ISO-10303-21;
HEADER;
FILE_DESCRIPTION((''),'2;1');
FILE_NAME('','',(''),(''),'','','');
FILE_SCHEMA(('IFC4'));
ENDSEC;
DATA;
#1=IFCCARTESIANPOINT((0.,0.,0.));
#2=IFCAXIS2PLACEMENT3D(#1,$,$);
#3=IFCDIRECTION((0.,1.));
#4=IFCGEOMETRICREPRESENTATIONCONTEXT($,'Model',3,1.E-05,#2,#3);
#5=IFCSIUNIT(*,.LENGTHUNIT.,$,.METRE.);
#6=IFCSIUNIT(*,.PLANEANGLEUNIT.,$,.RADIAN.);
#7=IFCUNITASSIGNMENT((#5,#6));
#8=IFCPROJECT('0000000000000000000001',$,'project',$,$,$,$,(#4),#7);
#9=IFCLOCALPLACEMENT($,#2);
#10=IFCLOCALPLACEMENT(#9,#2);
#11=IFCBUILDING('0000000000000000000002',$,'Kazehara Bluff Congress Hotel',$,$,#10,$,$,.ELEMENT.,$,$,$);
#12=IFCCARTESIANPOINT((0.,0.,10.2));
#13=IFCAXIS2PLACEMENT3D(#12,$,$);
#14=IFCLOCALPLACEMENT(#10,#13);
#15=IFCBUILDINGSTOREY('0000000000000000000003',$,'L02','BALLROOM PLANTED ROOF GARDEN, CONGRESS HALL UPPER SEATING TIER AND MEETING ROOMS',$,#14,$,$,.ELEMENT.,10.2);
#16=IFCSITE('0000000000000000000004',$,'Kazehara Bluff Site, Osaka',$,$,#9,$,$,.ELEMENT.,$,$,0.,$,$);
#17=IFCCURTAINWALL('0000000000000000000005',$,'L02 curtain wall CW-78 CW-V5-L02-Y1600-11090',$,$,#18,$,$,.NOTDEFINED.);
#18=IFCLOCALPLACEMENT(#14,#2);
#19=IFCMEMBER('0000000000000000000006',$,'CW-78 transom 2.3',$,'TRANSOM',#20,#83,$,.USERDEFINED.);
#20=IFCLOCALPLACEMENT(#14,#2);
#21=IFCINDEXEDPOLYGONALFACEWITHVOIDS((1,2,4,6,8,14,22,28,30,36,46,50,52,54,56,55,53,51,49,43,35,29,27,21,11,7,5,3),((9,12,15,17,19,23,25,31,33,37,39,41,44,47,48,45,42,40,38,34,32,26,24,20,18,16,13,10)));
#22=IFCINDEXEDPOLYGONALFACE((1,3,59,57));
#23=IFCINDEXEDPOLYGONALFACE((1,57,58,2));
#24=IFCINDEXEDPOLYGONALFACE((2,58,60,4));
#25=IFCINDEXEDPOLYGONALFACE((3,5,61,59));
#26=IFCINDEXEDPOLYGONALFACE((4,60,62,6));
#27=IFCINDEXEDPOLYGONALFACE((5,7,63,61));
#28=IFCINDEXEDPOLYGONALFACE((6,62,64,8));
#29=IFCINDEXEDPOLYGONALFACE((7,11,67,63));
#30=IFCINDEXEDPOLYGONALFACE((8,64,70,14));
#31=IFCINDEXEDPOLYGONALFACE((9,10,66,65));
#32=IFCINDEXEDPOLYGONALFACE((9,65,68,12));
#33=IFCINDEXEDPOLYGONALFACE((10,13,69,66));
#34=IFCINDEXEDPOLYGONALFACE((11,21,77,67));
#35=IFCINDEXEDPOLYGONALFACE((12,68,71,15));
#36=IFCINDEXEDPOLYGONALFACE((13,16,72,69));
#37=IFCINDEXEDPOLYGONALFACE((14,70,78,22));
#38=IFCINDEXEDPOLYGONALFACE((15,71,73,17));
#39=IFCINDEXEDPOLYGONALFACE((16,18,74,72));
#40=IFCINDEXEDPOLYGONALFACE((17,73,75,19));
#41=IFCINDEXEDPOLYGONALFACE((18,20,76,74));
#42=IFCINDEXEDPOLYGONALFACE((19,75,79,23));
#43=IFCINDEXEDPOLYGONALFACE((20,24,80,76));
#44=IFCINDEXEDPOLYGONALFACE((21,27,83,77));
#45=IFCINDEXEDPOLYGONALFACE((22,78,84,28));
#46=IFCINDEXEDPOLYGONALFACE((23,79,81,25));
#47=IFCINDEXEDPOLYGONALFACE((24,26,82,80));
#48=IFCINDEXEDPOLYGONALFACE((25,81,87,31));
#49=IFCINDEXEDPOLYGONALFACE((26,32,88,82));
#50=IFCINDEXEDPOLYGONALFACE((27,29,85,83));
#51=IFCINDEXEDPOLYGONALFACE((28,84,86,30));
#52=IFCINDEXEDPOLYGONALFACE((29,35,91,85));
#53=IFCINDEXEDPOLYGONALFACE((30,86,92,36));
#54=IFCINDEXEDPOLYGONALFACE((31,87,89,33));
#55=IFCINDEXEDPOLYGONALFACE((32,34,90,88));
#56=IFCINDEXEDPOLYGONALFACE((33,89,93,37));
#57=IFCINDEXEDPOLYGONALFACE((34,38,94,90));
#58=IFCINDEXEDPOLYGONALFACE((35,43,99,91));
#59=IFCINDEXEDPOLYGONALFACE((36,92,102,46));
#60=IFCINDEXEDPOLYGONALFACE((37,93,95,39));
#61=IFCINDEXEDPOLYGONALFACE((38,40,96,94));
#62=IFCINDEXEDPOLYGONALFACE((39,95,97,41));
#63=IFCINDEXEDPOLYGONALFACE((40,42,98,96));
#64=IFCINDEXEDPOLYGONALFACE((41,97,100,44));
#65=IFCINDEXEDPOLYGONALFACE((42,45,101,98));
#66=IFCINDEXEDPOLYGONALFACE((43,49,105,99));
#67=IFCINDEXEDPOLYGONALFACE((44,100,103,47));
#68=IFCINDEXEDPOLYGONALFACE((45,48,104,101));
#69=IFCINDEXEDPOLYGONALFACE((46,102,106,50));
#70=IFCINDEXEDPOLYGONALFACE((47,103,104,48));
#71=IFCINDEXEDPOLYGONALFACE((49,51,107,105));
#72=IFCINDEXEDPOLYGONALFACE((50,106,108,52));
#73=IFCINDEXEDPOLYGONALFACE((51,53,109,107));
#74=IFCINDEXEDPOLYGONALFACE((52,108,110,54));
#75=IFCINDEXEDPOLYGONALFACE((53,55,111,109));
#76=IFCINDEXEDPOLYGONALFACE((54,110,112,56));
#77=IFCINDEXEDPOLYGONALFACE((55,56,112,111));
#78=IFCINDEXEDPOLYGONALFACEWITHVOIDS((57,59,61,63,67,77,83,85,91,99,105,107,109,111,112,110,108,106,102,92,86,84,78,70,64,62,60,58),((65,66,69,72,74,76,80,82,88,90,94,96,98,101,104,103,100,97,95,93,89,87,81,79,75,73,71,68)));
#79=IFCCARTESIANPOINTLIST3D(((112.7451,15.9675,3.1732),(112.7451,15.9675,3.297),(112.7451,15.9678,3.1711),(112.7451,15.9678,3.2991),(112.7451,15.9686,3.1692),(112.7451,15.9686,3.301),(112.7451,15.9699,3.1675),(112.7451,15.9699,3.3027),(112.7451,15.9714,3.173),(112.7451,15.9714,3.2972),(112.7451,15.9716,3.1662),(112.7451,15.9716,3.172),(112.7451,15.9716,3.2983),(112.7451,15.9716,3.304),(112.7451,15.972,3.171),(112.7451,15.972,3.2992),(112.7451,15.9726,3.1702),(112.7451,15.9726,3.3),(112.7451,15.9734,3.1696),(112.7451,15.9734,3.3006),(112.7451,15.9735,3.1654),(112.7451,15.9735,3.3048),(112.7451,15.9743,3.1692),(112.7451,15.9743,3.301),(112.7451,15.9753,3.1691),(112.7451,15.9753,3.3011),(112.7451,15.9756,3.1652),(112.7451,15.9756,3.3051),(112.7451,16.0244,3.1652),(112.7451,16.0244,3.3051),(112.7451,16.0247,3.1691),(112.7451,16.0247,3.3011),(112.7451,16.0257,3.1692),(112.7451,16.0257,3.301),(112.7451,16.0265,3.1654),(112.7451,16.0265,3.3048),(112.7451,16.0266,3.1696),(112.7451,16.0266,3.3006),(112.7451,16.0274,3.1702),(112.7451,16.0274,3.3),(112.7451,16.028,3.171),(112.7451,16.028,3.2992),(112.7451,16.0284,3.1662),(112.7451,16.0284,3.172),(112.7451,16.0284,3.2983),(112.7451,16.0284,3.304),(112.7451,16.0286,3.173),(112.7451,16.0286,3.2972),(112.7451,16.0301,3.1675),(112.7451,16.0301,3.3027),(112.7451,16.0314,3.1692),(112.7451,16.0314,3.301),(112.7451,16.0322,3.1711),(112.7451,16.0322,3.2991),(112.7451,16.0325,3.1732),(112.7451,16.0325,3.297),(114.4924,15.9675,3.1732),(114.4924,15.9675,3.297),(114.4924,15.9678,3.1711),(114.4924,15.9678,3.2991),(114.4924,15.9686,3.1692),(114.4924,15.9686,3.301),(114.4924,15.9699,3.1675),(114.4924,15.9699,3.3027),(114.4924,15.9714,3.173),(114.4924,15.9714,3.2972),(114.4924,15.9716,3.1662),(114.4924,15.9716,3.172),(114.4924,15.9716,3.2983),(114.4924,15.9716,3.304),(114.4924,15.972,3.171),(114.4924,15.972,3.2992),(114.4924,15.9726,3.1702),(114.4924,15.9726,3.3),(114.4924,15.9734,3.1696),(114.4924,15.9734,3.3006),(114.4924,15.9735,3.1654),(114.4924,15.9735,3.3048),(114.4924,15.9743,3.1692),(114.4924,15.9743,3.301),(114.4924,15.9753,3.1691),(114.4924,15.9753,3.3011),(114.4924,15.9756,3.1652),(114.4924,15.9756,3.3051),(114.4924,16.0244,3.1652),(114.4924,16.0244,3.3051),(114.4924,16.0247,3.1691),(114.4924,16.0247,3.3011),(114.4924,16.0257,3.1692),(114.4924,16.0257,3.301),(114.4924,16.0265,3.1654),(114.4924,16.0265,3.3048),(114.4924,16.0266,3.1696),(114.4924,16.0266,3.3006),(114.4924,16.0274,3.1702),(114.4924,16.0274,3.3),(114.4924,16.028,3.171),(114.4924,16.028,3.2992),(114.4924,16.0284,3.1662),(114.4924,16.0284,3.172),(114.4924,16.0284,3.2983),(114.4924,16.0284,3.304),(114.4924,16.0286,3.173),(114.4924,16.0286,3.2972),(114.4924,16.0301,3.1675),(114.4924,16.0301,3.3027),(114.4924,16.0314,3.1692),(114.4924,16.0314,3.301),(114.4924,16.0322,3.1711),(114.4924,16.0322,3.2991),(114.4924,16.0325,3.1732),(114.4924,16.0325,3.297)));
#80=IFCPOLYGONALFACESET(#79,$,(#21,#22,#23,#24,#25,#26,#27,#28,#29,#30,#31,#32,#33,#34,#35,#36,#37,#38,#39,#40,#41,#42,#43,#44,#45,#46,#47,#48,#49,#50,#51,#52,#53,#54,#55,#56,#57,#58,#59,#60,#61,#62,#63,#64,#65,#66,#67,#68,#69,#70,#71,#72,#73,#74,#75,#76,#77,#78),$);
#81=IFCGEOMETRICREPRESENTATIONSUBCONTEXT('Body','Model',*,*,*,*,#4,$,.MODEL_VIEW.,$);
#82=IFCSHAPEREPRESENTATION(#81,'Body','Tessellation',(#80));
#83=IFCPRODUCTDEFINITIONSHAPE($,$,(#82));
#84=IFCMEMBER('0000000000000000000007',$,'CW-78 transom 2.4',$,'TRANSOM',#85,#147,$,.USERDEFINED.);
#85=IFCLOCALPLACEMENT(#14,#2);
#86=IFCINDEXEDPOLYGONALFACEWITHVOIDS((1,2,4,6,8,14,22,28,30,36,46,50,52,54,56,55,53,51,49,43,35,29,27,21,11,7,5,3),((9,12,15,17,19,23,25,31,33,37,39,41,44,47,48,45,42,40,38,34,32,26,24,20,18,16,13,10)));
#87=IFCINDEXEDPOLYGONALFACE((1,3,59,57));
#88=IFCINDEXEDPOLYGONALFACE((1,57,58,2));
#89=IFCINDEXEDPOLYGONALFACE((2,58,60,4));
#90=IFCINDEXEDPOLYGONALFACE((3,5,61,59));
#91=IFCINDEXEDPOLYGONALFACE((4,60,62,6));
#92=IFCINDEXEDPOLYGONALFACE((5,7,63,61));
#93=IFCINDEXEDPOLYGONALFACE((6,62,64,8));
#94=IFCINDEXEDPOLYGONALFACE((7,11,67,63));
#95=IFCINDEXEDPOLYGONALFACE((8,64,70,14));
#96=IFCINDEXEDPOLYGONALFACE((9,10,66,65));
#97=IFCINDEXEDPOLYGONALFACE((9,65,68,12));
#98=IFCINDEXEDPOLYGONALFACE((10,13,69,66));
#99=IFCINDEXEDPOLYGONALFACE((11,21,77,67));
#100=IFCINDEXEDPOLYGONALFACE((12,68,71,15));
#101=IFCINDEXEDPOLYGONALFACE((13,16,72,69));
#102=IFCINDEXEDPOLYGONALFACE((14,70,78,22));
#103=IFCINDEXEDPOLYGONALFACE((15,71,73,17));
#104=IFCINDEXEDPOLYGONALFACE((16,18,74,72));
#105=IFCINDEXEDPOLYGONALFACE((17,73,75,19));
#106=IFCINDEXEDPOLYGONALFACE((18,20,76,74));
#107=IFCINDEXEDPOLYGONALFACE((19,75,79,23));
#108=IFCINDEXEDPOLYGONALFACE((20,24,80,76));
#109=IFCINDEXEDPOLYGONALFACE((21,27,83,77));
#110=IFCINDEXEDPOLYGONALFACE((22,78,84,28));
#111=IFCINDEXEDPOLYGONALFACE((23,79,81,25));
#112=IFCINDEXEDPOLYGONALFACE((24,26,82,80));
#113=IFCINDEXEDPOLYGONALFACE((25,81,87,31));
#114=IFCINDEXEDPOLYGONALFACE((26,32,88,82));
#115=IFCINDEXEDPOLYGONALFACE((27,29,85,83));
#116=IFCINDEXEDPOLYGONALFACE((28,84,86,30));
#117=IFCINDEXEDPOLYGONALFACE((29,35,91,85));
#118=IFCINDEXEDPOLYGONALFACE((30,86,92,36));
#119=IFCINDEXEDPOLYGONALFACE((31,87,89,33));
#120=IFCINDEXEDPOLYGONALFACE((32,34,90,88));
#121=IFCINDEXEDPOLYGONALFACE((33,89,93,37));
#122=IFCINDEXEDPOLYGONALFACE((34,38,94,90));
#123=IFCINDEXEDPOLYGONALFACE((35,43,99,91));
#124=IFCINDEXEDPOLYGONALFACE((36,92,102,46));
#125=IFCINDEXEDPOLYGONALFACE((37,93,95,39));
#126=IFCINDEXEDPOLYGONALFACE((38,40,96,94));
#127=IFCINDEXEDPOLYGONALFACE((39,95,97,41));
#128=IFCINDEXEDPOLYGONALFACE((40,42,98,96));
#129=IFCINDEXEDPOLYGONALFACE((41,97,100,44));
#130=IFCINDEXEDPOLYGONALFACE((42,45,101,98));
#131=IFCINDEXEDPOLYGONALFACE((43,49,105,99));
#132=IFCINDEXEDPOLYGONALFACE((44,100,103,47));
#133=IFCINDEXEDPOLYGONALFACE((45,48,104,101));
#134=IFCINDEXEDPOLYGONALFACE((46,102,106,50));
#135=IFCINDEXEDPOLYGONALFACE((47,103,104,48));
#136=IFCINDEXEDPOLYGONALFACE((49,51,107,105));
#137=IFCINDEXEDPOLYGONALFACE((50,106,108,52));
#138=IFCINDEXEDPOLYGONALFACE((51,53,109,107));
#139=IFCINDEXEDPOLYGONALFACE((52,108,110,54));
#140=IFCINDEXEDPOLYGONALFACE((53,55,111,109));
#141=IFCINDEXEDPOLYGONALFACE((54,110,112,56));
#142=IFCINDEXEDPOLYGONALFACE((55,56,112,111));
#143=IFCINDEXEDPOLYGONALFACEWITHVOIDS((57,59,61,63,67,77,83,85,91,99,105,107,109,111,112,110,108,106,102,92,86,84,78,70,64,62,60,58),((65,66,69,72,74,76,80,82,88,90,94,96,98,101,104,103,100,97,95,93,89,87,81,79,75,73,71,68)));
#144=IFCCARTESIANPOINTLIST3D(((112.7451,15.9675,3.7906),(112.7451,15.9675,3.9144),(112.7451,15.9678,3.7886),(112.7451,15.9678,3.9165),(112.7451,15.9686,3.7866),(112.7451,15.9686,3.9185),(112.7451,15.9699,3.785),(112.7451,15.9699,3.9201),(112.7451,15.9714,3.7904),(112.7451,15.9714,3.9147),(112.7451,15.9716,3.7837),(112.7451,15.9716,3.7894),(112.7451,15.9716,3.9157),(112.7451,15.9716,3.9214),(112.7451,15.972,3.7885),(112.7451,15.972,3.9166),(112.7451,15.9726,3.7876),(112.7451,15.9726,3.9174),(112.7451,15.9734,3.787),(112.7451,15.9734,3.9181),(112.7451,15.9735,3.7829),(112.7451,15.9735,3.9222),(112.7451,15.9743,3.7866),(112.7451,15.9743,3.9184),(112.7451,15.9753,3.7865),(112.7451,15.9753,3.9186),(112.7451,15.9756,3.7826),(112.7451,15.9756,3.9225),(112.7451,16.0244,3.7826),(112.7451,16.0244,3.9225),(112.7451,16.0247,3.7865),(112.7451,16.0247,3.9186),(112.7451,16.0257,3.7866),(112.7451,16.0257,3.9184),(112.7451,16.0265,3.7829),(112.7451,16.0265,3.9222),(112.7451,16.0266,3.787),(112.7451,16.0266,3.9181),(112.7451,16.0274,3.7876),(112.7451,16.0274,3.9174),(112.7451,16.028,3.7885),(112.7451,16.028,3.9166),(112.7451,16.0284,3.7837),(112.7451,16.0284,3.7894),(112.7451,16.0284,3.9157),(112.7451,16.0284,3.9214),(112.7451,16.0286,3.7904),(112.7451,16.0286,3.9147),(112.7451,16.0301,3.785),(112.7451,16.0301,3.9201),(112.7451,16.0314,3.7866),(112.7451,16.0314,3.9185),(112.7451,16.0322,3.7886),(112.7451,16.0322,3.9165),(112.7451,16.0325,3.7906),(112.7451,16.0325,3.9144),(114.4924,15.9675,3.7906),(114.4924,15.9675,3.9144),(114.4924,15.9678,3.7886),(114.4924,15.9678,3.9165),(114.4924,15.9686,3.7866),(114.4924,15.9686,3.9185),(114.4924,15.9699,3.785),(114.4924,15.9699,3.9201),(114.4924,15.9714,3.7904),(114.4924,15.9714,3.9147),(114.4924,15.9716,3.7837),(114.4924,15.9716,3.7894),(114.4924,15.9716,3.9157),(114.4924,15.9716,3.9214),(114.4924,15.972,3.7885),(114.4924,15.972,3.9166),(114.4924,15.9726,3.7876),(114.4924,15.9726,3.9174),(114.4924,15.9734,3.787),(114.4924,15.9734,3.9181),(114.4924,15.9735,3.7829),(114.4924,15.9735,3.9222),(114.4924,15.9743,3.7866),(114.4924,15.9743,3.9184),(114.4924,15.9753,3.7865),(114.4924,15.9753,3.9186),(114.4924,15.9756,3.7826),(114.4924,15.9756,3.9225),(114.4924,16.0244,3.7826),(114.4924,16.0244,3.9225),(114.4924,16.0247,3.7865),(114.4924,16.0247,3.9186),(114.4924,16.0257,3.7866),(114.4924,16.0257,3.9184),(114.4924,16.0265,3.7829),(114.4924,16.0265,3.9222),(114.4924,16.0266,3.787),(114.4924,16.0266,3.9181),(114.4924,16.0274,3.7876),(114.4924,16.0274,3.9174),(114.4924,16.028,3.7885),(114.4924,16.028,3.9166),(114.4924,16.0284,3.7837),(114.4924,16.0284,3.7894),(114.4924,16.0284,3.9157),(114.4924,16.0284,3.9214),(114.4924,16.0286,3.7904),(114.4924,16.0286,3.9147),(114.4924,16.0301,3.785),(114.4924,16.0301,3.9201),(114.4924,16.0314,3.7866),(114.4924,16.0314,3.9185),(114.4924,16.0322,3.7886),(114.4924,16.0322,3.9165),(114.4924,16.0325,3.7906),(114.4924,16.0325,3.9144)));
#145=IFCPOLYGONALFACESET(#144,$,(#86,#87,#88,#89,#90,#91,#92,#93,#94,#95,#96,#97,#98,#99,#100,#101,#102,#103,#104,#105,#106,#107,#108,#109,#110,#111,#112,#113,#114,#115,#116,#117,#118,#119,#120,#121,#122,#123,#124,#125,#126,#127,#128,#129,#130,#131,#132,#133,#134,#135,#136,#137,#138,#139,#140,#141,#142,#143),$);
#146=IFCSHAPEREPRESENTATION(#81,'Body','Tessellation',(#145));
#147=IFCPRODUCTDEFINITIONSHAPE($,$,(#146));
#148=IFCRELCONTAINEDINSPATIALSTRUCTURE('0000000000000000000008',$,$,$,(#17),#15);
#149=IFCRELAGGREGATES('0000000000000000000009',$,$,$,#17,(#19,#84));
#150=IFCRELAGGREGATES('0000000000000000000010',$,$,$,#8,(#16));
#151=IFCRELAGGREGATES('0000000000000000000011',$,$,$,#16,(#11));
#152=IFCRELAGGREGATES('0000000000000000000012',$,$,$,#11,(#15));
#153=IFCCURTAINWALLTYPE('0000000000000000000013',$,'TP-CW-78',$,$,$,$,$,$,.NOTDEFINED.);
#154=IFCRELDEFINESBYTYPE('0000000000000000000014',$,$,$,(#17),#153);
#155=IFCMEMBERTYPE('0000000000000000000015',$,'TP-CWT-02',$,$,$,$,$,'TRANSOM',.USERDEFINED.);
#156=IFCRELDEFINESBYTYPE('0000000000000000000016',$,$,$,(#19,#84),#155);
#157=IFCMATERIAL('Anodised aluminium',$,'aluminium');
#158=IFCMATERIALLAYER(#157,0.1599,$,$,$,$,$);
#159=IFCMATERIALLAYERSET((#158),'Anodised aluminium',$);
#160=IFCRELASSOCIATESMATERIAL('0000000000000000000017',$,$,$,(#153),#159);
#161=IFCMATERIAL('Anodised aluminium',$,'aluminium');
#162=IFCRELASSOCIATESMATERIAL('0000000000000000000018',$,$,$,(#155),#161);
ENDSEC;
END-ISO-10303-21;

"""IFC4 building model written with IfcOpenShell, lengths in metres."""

from ifc_helpers import new_model, si_unit, direction, frame, origin, origin_2d, place, context, subcontext, project, spatial, hollow_rectangle, extrude, material, layer, layer_set, material_profile, profile_set, type_object, element, aggregate, save


model = new_model("IFC4")

# Units and contexts
model_context = context("Model", 3, precision=1e-05, world=origin(), true_north=direction((0.0, 1.0)))
body_context = subcontext(model_context, "Body", "Model", "MODEL_VIEW")
ifc_project = project(units=[si_unit("LENGTHUNIT", "METRE"), si_unit("PLANEANGLEUNIT", "RADIAN")], contexts=[model_context])

# Site, building, storey
site_placement = place(None, origin())
site = spatial("IfcSite", under=ifc_project, at=site_placement, Name="Kazehara Bluff Site, Osaka", CompositionType="ELEMENT", RefElevation=0.0)
building_placement = place(site_placement, origin())
building = spatial("IfcBuilding", under=site, at=building_placement, Name="Kazehara Bluff Congress Hotel", CompositionType="ELEMENT")
storey_placement = place(building_placement, frame((0.0, 0.0, 10.2)))
storey = spatial("IfcBuildingStorey", under=building, at=storey_placement, Name="L02", Description="BALLROOM PLANTED ROOF GARDEN, CONGRESS HALL UPPER SEATING TIER AND MEETING ROOMS", CompositionType="ELEMENT", Elevation=10.2)

# Curtain wall, members
ifc_material_1 = material(Name="Anodised aluminium", Category="aluminium")
ifc_layer_1 = layer(ifc_material_1, 0.1599)
ifc_layer_set_1 = layer_set([ifc_layer_1], Name="Anodised aluminium")
curtain_wall_type = type_object("IfcCurtainWallType", Name="TP-CW-78", PredefinedType="NOTDEFINED", material=ifc_layer_set_1)
curtain_wall_placement = place(storey_placement, origin())
curtain_wall = element("IfcCurtainWall", 1, at=curtain_wall_placement, inside=storey, type_object=curtain_wall_type, Name="L02 curtain wall CW-78 CW-V5-L02-Y1600-11090", PredefinedType="NOTDEFINED")
ifc_material_2 = material(Name="Anodised aluminium", Category="aluminium")
ifc_material_profile_1 = material_profile(ifc_material_2, hollow_rectangle(XDim=0.0649, YDim=0.1399, WallThickness=0.0039, InnerFilletRadius=0.0039, OuterFilletRadius=0.0081, at=origin_2d()))
ifc_profile_set_1 = profile_set([ifc_material_profile_1], Name="Anodised aluminium")
member_type_1 = type_object("IfcMemberType", Name="TP-CWT-02", ElementType="TRANSOM", PredefinedType="USERDEFINED", material=ifc_profile_set_1)
member_1_placement = place(storey_placement, frame((112.7451, 16.0, 3.2351), z_axis=(1.0, 0.0, 0.0), x_axis=(0.0, 1.0, 0.0)))
member_1 = element("IfcMember", 2, at=member_1_placement, type_object=member_type_1, Name="CW-78 transom 2.3", ObjectType="TRANSOM", PredefinedType="USERDEFINED", context=body_context, shape_type="SweptSolid", body=[
    extrude(hollow_rectangle(XDim=0.0649, YDim=0.1399, WallThickness=0.0039, InnerFilletRadius=0.0039, OuterFilletRadius=0.0081, at=origin_2d()), origin(), (0.0, 0.0, 1.0), 1.7473),
])
member_2_placement = place(storey_placement, frame((112.7451, 16.0, 3.8525), z_axis=(1.0, 0.0, 0.0), x_axis=(0.0, 1.0, 0.0)))
member_2 = element("IfcMember", 3, at=member_2_placement, type_object=member_type_1, Name="CW-78 transom 2.4", ObjectType="TRANSOM", PredefinedType="USERDEFINED", context=body_context, shape_type="SweptSolid", body=[
    extrude(hollow_rectangle(XDim=0.0649, YDim=0.1399, WallThickness=0.0039, InnerFilletRadius=0.0039, OuterFilletRadius=0.0081, at=origin_2d()), origin(), (0.0, 0.0, 1.0), 1.7473),
])
aggregate(curtain_wall, [member_1, member_2])

save(model, "model.ifc")
